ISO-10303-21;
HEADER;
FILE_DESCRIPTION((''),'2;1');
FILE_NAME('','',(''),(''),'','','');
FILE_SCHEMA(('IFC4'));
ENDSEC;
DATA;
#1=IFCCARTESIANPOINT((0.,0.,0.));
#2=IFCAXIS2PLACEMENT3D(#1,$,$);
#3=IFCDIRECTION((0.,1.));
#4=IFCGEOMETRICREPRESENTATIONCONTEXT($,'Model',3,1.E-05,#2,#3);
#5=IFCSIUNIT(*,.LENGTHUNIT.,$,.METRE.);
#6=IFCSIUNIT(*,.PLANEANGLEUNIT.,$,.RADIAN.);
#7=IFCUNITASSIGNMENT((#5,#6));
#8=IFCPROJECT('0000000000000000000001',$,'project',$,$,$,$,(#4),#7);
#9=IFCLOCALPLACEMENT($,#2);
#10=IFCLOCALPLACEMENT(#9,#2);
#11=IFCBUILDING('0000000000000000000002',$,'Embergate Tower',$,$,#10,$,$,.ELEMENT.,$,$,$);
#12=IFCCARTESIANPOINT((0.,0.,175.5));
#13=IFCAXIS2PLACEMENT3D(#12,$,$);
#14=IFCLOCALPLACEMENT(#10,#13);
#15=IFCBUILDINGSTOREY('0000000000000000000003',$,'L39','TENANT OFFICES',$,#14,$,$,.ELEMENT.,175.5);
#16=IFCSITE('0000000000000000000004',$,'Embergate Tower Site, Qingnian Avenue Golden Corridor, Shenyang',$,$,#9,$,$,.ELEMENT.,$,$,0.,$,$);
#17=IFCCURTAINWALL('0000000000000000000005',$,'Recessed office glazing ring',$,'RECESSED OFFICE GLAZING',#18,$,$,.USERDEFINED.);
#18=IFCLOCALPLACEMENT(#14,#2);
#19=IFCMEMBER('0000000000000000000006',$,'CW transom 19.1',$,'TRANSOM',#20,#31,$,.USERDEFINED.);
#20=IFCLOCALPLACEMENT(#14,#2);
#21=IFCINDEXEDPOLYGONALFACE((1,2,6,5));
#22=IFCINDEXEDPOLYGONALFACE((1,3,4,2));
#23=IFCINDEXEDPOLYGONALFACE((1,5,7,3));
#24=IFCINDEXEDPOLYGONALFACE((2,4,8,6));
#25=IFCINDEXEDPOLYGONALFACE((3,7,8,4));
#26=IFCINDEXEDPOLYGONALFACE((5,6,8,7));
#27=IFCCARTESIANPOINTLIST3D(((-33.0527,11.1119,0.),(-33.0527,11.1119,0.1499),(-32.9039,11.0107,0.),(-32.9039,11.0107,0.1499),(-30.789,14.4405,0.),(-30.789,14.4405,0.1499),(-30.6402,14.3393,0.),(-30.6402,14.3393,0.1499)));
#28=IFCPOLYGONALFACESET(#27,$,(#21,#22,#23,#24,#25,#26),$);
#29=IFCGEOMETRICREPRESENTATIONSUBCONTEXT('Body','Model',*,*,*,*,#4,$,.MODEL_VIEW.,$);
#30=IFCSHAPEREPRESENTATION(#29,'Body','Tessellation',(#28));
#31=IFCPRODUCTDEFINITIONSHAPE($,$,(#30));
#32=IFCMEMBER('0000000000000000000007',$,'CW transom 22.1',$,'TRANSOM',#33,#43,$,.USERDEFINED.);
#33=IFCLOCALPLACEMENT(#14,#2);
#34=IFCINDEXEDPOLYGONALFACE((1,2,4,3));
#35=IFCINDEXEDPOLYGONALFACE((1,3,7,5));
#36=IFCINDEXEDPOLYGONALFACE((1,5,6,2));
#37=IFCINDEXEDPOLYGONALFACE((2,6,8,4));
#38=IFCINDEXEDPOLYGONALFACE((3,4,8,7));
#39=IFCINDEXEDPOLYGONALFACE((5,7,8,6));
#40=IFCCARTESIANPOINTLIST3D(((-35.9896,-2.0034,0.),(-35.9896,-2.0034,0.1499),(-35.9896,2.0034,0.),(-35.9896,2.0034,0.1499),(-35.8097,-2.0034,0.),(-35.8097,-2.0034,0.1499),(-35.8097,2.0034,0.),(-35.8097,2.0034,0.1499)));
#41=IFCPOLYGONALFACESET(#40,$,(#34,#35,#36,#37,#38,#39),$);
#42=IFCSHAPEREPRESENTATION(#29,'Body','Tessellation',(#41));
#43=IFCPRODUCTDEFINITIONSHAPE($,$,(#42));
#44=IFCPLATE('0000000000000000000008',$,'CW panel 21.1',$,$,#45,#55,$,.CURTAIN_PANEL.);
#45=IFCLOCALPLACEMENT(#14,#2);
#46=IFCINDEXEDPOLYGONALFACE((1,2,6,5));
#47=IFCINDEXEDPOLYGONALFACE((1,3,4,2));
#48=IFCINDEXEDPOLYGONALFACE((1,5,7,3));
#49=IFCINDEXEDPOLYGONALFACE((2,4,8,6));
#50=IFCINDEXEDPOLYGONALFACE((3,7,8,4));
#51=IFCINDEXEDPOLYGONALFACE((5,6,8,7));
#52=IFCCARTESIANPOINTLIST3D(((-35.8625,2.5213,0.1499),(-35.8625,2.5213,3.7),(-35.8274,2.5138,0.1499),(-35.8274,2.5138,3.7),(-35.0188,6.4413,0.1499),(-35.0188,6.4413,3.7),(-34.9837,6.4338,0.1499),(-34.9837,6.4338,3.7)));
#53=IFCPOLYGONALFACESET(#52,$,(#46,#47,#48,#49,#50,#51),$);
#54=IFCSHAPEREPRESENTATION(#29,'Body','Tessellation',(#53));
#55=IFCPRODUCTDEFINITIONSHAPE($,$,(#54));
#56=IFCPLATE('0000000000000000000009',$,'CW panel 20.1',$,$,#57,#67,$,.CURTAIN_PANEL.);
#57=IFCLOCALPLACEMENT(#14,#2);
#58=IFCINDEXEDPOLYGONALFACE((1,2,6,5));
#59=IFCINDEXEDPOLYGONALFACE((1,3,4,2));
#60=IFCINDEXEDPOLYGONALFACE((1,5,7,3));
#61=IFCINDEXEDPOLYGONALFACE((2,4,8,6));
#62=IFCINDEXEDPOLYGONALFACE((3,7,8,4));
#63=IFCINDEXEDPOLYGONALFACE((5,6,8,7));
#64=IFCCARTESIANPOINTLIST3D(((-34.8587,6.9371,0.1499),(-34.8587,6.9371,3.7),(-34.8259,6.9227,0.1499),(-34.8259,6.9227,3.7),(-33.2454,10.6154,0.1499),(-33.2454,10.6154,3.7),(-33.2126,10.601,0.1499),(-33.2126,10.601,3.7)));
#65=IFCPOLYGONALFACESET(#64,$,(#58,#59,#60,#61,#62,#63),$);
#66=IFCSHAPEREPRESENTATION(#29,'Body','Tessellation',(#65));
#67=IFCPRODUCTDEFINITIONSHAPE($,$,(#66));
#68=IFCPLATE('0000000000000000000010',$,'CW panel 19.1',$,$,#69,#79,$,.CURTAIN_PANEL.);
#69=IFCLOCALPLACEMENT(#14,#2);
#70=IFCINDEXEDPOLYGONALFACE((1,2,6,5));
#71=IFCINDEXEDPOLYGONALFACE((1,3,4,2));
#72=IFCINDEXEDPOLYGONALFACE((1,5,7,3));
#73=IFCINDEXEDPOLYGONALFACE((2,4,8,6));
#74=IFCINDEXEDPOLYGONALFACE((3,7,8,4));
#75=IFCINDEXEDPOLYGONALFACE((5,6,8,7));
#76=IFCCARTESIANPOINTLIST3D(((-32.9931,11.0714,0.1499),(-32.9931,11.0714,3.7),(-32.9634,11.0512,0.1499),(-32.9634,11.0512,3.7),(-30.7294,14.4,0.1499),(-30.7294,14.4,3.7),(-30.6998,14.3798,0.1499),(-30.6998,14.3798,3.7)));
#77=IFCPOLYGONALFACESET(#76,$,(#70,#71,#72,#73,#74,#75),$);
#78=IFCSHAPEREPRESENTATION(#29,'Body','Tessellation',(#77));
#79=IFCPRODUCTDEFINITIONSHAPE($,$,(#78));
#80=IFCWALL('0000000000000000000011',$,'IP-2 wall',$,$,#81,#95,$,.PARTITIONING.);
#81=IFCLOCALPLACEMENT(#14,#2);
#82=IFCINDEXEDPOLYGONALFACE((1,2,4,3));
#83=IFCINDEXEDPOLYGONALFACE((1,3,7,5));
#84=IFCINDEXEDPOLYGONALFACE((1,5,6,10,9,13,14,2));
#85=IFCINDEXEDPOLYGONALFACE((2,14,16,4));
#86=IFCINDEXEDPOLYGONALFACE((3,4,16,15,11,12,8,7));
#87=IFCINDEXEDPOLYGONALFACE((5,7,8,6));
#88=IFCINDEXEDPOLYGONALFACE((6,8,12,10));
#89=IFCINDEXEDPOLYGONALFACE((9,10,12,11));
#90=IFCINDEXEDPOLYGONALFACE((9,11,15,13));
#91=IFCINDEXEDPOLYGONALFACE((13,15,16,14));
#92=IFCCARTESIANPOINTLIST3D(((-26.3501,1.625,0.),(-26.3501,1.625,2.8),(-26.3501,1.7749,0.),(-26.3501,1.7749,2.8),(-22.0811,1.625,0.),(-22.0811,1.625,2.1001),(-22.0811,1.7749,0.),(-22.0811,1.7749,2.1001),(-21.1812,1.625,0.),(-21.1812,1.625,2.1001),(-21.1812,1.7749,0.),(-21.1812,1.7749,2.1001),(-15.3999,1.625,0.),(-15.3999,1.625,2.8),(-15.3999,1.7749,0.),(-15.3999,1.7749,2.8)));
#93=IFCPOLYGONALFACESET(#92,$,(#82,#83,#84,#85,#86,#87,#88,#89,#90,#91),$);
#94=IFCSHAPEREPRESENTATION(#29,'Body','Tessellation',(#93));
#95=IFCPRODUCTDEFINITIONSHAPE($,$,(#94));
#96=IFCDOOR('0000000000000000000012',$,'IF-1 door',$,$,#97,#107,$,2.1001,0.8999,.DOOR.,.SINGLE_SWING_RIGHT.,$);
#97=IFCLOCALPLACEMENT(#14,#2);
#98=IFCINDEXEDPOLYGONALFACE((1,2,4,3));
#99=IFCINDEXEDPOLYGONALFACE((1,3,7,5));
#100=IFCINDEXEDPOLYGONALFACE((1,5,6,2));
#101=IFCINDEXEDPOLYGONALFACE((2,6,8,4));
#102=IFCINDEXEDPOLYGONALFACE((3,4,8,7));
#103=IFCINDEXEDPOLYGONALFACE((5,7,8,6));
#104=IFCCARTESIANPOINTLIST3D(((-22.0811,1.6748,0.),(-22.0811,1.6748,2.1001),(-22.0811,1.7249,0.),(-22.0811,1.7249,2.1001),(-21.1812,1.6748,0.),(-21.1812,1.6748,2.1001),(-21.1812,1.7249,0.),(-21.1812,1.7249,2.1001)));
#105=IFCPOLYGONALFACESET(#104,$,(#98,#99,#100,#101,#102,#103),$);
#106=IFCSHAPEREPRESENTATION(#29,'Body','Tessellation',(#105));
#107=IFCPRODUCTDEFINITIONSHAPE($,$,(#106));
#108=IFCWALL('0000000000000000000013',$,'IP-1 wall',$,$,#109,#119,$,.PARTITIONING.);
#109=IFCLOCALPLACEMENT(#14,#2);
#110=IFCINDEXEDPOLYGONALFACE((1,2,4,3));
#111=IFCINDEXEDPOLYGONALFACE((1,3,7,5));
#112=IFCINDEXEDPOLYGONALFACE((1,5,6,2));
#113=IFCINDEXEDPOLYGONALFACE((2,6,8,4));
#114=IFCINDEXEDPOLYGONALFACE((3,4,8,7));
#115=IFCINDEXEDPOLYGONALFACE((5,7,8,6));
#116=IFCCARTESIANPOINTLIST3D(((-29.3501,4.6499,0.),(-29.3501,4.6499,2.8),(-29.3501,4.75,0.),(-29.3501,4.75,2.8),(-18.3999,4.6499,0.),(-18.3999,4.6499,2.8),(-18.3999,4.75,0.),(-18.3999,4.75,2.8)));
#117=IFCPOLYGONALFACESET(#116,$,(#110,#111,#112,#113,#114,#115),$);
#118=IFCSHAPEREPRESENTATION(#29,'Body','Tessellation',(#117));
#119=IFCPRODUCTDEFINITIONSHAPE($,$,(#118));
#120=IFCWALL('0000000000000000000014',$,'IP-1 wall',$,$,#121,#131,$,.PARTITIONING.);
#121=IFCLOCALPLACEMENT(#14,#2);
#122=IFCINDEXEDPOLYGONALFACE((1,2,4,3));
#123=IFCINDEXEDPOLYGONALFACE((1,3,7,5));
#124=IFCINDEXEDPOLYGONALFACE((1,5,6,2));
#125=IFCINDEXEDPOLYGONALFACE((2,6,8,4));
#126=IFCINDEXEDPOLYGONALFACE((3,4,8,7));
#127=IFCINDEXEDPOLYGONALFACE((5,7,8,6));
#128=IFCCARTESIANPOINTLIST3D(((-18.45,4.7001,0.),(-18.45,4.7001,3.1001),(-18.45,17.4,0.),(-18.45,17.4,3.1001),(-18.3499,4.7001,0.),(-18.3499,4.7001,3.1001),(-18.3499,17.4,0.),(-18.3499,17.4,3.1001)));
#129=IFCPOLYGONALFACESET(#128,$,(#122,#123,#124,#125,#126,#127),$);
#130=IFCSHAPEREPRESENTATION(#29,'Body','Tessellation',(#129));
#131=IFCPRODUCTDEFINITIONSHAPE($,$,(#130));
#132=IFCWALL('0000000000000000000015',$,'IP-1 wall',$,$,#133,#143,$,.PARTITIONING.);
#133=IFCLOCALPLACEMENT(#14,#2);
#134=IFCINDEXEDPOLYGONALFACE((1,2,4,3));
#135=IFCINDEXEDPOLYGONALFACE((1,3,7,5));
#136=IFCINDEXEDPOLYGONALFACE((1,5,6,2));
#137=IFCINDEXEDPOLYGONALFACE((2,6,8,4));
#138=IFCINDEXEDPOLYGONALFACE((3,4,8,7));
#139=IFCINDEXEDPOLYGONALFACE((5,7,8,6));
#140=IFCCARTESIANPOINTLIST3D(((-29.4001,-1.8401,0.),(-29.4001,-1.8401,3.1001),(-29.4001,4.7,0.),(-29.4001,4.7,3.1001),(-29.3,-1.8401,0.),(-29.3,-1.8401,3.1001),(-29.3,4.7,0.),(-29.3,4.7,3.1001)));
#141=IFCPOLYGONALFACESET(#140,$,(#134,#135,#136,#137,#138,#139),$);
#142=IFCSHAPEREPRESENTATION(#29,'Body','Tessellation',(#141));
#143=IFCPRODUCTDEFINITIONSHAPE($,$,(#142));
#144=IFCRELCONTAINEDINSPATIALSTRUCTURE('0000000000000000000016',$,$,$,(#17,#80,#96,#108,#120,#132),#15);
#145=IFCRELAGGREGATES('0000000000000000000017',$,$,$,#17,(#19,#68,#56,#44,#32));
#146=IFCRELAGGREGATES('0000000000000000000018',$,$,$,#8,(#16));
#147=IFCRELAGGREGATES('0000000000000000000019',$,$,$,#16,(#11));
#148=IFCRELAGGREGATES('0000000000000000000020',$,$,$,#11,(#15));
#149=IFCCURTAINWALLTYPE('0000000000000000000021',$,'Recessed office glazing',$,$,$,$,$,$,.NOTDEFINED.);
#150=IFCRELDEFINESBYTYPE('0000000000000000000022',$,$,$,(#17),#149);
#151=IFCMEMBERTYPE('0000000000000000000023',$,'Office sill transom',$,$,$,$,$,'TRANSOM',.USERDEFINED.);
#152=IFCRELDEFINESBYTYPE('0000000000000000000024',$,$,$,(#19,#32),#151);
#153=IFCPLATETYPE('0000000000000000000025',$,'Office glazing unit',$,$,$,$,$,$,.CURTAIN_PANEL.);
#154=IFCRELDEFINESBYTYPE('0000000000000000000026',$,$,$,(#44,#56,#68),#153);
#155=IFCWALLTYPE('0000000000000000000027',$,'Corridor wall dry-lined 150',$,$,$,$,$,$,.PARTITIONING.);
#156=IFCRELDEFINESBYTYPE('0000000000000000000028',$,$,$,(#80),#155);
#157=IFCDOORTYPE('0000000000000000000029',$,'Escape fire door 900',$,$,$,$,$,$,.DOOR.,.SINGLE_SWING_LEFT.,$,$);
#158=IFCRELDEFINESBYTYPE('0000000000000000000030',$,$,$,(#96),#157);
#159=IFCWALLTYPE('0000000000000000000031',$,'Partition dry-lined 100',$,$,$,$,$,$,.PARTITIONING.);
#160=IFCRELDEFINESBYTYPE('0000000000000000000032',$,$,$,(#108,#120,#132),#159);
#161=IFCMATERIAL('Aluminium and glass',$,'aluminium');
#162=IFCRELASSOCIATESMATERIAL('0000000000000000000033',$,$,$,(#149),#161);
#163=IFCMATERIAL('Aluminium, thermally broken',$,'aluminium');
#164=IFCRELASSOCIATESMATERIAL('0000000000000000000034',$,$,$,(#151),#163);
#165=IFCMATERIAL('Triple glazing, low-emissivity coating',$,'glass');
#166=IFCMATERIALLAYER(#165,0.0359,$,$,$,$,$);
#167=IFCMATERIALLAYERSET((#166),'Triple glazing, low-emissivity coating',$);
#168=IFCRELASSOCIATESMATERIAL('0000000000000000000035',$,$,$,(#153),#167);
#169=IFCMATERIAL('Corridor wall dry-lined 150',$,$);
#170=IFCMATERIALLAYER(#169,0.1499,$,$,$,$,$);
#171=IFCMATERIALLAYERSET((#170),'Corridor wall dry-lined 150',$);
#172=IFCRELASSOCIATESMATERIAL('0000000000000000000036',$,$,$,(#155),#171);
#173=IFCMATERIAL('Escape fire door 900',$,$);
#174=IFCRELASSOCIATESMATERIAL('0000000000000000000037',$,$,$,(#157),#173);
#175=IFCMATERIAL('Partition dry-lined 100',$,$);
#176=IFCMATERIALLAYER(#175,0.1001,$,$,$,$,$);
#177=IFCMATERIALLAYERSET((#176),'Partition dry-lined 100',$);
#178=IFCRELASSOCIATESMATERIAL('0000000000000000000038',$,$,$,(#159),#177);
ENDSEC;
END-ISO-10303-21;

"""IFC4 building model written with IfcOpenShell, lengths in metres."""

from ifc_helpers import new_model, si_unit, direction, frame, frame_2d, origin, origin_2d, place, context, subcontext, project, spatial, rectangle, extrude, source, transform, mapped, material, layer, layer_set, material_profile, profile_set, type_object, element, fill, aggregate, save


model = new_model("IFC4")

# Units and contexts
model_context = context("Model", 3, precision=1e-05, world=origin(), true_north=direction((0.0, 1.0)))
body_context = subcontext(model_context, "Body", "Model", "MODEL_VIEW")
ifc_project = project(units=[si_unit("LENGTHUNIT", "METRE"), si_unit("PLANEANGLEUNIT", "RADIAN")], contexts=[model_context])

# Site, building, storey
site_placement = place(None, origin())
site = spatial("IfcSite", under=ifc_project, at=site_placement, Name="Embergate Tower Site, Qingnian Avenue Golden Corridor, Shenyang", CompositionType="ELEMENT", RefElevation=0.0)
building_placement = place(site_placement, origin())
building = spatial("IfcBuilding", under=site, at=building_placement, Name="Embergate Tower", CompositionType="ELEMENT")
storey_placement = place(building_placement, frame((0.0, 0.0, 175.5)))
storey = spatial("IfcBuildingStorey", under=building, at=storey_placement, Name="L39", Description="TENANT OFFICES", CompositionType="ELEMENT", Elevation=175.5)

# Curtain wall, members, plates
ifc_material_1 = material(Name="Aluminium and glass", Category="aluminium")
curtain_wall_type = type_object("IfcCurtainWallType", Name="Recessed office glazing", PredefinedType="NOTDEFINED", material=ifc_material_1)
curtain_wall_placement = place(storey_placement, origin())
curtain_wall = element("IfcCurtainWall", 1, at=curtain_wall_placement, inside=storey, type_object=curtain_wall_type, Name="Recessed office glazing ring", ObjectType="RECESSED OFFICE GLAZING", PredefinedType="USERDEFINED")
ifc_material_2 = material(Name="Aluminium, thermally broken", Category="aluminium")
ifc_material_profile_1 = material_profile(ifc_material_2, rectangle(XDim=0.1799, YDim=0.1499, at=origin_2d()), Name="AL 150x180")
ifc_profile_set_1 = profile_set([ifc_material_profile_1], Name="Aluminium, thermally broken")
member_type_1 = type_object("IfcMemberType", Name="Office sill transom", ElementType="TRANSOM", PredefinedType="USERDEFINED", material=ifc_profile_set_1)
shared_shape_1 = source(origin(), body_context, "Body", "SweptSolid", [
    extrude(rectangle(XDim=0.1799, YDim=0.1499, at=origin_2d()), origin(), (0.0, 0.0, 1.0), 4.0254),
])
member_1_placement = place(storey_placement, frame((-30.7146, 14.3899, 0.075), z_axis=(-0.562347, -0.826902, 0.0), x_axis=(0.826902, -0.562347, 0.0)))
member_1 = element("IfcMember", 2, at=member_1_placement, type_object=member_type_1, Name="CW transom 19.1", ObjectType="TRANSOM", PredefinedType="USERDEFINED", context=body_context, shape_type="MappedRepresentation", body=[
    mapped(shared_shape_1, transform((0.0, 0.0, 0.0))),
])
shared_shape_2 = source(origin(), body_context, "Body", "SweptSolid", [
    extrude(rectangle(XDim=0.1799, YDim=0.1499, at=origin_2d()), origin(), (0.0, 0.0, 1.0), 4.0068),
])
member_2_placement = place(storey_placement, frame((-35.8997, 2.0034, 0.075), z_axis=(0.0, -1.0, 0.0), x_axis=(1.0, 0.0, 0.0)))
member_2 = element("IfcMember", 3, at=member_2_placement, type_object=member_type_1, Name="CW transom 22.1", ObjectType="TRANSOM", PredefinedType="USERDEFINED", context=body_context, shape_type="MappedRepresentation", body=[
    mapped(shared_shape_2, transform((0.0, 0.0, 0.0))),
])
ifc_material_3 = material(Name="Triple glazing, low-emissivity coating", Category="glass")
ifc_layer_1 = layer(ifc_material_3, 0.0359)
ifc_layer_set_1 = layer_set([ifc_layer_1], Name="Triple glazing, low-emissivity coating")
plate_type = type_object("IfcPlateType", Name="Office glazing unit", PredefinedType="CURTAIN_PANEL", material=ifc_layer_set_1)
shared_shape_3 = source(origin(), body_context, "Body", "SweptSolid", [
    extrude(rectangle(XDim=4.0098, YDim=0.0359, at=origin_2d()), origin(), (0.0, 0.0, 1.0), 3.55),
])
plate_1_placement = place(storey_placement, frame((-35.4231, 4.4775, 0.1499), z_axis=(0.0, 0.0, 1.0), x_axis=(-0.210402, -0.977615, 0.0)))
plate_1 = element("IfcPlate", 4, at=plate_1_placement, type_object=plate_type, Name="CW panel 21.1", PredefinedType="CURTAIN_PANEL", context=body_context, shape_type="MappedRepresentation", body=[
    mapped(shared_shape_3, transform((0.0, 0.0, 0.0))),
])
shared_shape_4 = source(origin(), body_context, "Body", "SweptSolid", [
    extrude(rectangle(XDim=4.0166, YDim=0.0359, at=origin_2d()), origin(), (0.0, 0.0, 1.0), 3.55),
])
plate_2_placement = place(storey_placement, frame((-34.0356, 8.769, 0.1499), z_axis=(0.0, 0.0, 1.0), x_axis=(-0.401658, -0.91579, 0.0)))
plate_2 = element("IfcPlate", 5, at=plate_2_placement, type_object=plate_type, Name="CW panel 20.1", PredefinedType="CURTAIN_PANEL", context=body_context, shape_type="MappedRepresentation", body=[
    mapped(shared_shape_4, transform((0.0, 0.0, 0.0))),
])
shared_shape_5 = source(origin(), body_context, "Body", "SweptSolid", [
    extrude(rectangle(XDim=4.0254, YDim=0.0359, at=origin_2d()), origin(), (0.0, 0.0, 1.0), 3.55),
])
plate_3_placement = place(storey_placement, frame((-31.8464, 12.7256, 0.1499), z_axis=(0.0, 0.0, 1.0), x_axis=(-0.562348, -0.826901, 0.0)))
plate_3 = element("IfcPlate", 6, at=plate_3_placement, type_object=plate_type, Name="CW panel 19.1", PredefinedType="CURTAIN_PANEL", context=body_context, shape_type="MappedRepresentation", body=[
    mapped(shared_shape_5, transform((0.0, 0.0, 0.0))),
])
aggregate(curtain_wall, [member_1, plate_3, plate_2, plate_1, member_2])

# Wall, opening, door
ifc_material_4 = material(Name="Corridor wall dry-lined 150")
ifc_layer_2 = layer(ifc_material_4, 0.1499)
ifc_layer_set_2 = layer_set([ifc_layer_2], Name="Corridor wall dry-lined 150")
wall_type_1 = type_object("IfcWallType", Name="Corridor wall dry-lined 150", PredefinedType="PARTITIONING", material=ifc_layer_set_2)
shared_shape_6 = source(origin(), body_context, "Body", "SweptSolid", [
    extrude(rectangle(XDim=10.9502, YDim=0.1499, at=frame_2d((5.4751, 0.0))), origin(), (0.0, 0.0, 1.0), 2.8),
])
wall_1_placement = place(storey_placement, frame((-26.3501, 1.7, 0.0), z_axis=(0.0, 0.0, 1.0), x_axis=(1.0, 0.0, 0.0)))
wall_1 = element("IfcWall", 7, at=wall_1_placement, inside=storey, type_object=wall_type_1, Name="IP-2 wall", PredefinedType="PARTITIONING", context=body_context, shape_type="MappedRepresentation", body=[
    mapped(shared_shape_6, transform((0.0, 0.0, 0.0))),
])
shared_shape_7 = source(origin(), body_context, "Body", "SweptSolid", [
    extrude(rectangle(XDim=0.8999, YDim=2.1001, at=frame_2d((0.45, 1.05))), frame((0.0, 0.085, 0.0), z_axis=(0.0, -1.0, 0.0), x_axis=(1.0, 0.0, 0.0)), (0.0, 0.0, 1.0), 0.1699),
])
opening_placement = place(wall_1_placement, frame((4.269, 0.0, 0.0)))
opening = element("IfcOpeningElement", 8, at=opening_placement, cuts=wall_1, PredefinedType="OPENING", context=body_context, shape_type="MappedRepresentation", body=[
    mapped(shared_shape_7, transform((0.0, 0.0, 0.0))),
])
ifc_material_5 = material(Name="Escape fire door 900")
door_type = type_object("IfcDoorType", Name="Escape fire door 900", OperationType="SINGLE_SWING_LEFT", PredefinedType="DOOR", material=ifc_material_5)
shared_shape_8 = source(origin(), body_context, "Body", "SweptSolid", [
    extrude(rectangle(XDim=0.8999, YDim=2.1001, at=frame_2d((0.45, 1.05))), frame((0.0, 0.0249, 0.0), z_axis=(0.0, -1.0, 0.0), x_axis=(1.0, 0.0, 0.0)), (0.0, 0.0, 1.0), 0.05),
])
door_placement = place(opening_placement, origin())
door = element("IfcDoor", 9, at=door_placement, inside=storey, type_object=door_type, Name="IF-1 door", OperationType="SINGLE_SWING_RIGHT", OverallHeight=2.1001, OverallWidth=0.8999, PredefinedType="DOOR", context=body_context, shape_type="MappedRepresentation", body=[
    mapped(shared_shape_8, transform((0.0, 0.0, 0.0))),
])
fill(opening, door)

# Walls
ifc_material_6 = material(Name="Partition dry-lined 100")
ifc_layer_3 = layer(ifc_material_6, 0.1001)
ifc_layer_set_3 = layer_set([ifc_layer_3], Name="Partition dry-lined 100")
wall_type_2 = type_object("IfcWallType", Name="Partition dry-lined 100", PredefinedType="PARTITIONING", material=ifc_layer_set_3)
shared_shape_9 = source(origin(), body_context, "Body", "SweptSolid", [
    extrude(rectangle(XDim=10.9502, YDim=0.1001, at=frame_2d((5.4751, 0.0))), origin(), (0.0, 0.0, 1.0), 2.8),
])
wall_2_placement = place(storey_placement, frame((-18.3999, 4.7, 0.0), z_axis=(0.0, 0.0, 1.0), x_axis=(-1.0, 0.0, 0.0)))
element("IfcWall", 10, at=wall_2_placement, inside=storey, type_object=wall_type_2, Name="IP-1 wall", PredefinedType="PARTITIONING", context=body_context, shape_type="MappedRepresentation", body=[
    mapped(shared_shape_9, transform((0.0, 0.0, 0.0))),
])
shared_shape_10 = source(origin(), body_context, "Body", "SweptSolid", [
    extrude(rectangle(XDim=12.7, YDim=0.1001, at=frame_2d((6.3501, 0.0))), origin(), (0.0, 0.0, 1.0), 3.1001),
])
wall_3_placement = place(storey_placement, frame((-18.3999, 4.7, 0.0), z_axis=(0.0, 0.0, 1.0), x_axis=(0.0, 1.0, 0.0)))
element("IfcWall", 11, at=wall_3_placement, inside=storey, type_object=wall_type_2, Name="IP-1 wall", PredefinedType="PARTITIONING", context=body_context, shape_type="MappedRepresentation", body=[
    mapped(shared_shape_10, transform((0.0, 0.0, 0.0))),
])
shared_shape_11 = source(origin(), body_context, "Body", "SweptSolid", [
    extrude(rectangle(XDim=6.54, YDim=0.1001, at=frame_2d((3.27, 0.0))), origin(), (0.0, 0.0, 1.0), 3.1001),
])
wall_4_placement = place(storey_placement, frame((-29.3501, 4.7, 0.0), z_axis=(0.0, 0.0, 1.0), x_axis=(0.0, -1.0, 0.0)))
element("IfcWall", 12, at=wall_4_placement, inside=storey, type_object=wall_type_2, Name="IP-1 wall", PredefinedType="PARTITIONING", context=body_context, shape_type="MappedRepresentation", body=[
    mapped(shared_shape_11, transform((0.0, 0.0, 0.0))),
])

save(model, "model.ifc")
